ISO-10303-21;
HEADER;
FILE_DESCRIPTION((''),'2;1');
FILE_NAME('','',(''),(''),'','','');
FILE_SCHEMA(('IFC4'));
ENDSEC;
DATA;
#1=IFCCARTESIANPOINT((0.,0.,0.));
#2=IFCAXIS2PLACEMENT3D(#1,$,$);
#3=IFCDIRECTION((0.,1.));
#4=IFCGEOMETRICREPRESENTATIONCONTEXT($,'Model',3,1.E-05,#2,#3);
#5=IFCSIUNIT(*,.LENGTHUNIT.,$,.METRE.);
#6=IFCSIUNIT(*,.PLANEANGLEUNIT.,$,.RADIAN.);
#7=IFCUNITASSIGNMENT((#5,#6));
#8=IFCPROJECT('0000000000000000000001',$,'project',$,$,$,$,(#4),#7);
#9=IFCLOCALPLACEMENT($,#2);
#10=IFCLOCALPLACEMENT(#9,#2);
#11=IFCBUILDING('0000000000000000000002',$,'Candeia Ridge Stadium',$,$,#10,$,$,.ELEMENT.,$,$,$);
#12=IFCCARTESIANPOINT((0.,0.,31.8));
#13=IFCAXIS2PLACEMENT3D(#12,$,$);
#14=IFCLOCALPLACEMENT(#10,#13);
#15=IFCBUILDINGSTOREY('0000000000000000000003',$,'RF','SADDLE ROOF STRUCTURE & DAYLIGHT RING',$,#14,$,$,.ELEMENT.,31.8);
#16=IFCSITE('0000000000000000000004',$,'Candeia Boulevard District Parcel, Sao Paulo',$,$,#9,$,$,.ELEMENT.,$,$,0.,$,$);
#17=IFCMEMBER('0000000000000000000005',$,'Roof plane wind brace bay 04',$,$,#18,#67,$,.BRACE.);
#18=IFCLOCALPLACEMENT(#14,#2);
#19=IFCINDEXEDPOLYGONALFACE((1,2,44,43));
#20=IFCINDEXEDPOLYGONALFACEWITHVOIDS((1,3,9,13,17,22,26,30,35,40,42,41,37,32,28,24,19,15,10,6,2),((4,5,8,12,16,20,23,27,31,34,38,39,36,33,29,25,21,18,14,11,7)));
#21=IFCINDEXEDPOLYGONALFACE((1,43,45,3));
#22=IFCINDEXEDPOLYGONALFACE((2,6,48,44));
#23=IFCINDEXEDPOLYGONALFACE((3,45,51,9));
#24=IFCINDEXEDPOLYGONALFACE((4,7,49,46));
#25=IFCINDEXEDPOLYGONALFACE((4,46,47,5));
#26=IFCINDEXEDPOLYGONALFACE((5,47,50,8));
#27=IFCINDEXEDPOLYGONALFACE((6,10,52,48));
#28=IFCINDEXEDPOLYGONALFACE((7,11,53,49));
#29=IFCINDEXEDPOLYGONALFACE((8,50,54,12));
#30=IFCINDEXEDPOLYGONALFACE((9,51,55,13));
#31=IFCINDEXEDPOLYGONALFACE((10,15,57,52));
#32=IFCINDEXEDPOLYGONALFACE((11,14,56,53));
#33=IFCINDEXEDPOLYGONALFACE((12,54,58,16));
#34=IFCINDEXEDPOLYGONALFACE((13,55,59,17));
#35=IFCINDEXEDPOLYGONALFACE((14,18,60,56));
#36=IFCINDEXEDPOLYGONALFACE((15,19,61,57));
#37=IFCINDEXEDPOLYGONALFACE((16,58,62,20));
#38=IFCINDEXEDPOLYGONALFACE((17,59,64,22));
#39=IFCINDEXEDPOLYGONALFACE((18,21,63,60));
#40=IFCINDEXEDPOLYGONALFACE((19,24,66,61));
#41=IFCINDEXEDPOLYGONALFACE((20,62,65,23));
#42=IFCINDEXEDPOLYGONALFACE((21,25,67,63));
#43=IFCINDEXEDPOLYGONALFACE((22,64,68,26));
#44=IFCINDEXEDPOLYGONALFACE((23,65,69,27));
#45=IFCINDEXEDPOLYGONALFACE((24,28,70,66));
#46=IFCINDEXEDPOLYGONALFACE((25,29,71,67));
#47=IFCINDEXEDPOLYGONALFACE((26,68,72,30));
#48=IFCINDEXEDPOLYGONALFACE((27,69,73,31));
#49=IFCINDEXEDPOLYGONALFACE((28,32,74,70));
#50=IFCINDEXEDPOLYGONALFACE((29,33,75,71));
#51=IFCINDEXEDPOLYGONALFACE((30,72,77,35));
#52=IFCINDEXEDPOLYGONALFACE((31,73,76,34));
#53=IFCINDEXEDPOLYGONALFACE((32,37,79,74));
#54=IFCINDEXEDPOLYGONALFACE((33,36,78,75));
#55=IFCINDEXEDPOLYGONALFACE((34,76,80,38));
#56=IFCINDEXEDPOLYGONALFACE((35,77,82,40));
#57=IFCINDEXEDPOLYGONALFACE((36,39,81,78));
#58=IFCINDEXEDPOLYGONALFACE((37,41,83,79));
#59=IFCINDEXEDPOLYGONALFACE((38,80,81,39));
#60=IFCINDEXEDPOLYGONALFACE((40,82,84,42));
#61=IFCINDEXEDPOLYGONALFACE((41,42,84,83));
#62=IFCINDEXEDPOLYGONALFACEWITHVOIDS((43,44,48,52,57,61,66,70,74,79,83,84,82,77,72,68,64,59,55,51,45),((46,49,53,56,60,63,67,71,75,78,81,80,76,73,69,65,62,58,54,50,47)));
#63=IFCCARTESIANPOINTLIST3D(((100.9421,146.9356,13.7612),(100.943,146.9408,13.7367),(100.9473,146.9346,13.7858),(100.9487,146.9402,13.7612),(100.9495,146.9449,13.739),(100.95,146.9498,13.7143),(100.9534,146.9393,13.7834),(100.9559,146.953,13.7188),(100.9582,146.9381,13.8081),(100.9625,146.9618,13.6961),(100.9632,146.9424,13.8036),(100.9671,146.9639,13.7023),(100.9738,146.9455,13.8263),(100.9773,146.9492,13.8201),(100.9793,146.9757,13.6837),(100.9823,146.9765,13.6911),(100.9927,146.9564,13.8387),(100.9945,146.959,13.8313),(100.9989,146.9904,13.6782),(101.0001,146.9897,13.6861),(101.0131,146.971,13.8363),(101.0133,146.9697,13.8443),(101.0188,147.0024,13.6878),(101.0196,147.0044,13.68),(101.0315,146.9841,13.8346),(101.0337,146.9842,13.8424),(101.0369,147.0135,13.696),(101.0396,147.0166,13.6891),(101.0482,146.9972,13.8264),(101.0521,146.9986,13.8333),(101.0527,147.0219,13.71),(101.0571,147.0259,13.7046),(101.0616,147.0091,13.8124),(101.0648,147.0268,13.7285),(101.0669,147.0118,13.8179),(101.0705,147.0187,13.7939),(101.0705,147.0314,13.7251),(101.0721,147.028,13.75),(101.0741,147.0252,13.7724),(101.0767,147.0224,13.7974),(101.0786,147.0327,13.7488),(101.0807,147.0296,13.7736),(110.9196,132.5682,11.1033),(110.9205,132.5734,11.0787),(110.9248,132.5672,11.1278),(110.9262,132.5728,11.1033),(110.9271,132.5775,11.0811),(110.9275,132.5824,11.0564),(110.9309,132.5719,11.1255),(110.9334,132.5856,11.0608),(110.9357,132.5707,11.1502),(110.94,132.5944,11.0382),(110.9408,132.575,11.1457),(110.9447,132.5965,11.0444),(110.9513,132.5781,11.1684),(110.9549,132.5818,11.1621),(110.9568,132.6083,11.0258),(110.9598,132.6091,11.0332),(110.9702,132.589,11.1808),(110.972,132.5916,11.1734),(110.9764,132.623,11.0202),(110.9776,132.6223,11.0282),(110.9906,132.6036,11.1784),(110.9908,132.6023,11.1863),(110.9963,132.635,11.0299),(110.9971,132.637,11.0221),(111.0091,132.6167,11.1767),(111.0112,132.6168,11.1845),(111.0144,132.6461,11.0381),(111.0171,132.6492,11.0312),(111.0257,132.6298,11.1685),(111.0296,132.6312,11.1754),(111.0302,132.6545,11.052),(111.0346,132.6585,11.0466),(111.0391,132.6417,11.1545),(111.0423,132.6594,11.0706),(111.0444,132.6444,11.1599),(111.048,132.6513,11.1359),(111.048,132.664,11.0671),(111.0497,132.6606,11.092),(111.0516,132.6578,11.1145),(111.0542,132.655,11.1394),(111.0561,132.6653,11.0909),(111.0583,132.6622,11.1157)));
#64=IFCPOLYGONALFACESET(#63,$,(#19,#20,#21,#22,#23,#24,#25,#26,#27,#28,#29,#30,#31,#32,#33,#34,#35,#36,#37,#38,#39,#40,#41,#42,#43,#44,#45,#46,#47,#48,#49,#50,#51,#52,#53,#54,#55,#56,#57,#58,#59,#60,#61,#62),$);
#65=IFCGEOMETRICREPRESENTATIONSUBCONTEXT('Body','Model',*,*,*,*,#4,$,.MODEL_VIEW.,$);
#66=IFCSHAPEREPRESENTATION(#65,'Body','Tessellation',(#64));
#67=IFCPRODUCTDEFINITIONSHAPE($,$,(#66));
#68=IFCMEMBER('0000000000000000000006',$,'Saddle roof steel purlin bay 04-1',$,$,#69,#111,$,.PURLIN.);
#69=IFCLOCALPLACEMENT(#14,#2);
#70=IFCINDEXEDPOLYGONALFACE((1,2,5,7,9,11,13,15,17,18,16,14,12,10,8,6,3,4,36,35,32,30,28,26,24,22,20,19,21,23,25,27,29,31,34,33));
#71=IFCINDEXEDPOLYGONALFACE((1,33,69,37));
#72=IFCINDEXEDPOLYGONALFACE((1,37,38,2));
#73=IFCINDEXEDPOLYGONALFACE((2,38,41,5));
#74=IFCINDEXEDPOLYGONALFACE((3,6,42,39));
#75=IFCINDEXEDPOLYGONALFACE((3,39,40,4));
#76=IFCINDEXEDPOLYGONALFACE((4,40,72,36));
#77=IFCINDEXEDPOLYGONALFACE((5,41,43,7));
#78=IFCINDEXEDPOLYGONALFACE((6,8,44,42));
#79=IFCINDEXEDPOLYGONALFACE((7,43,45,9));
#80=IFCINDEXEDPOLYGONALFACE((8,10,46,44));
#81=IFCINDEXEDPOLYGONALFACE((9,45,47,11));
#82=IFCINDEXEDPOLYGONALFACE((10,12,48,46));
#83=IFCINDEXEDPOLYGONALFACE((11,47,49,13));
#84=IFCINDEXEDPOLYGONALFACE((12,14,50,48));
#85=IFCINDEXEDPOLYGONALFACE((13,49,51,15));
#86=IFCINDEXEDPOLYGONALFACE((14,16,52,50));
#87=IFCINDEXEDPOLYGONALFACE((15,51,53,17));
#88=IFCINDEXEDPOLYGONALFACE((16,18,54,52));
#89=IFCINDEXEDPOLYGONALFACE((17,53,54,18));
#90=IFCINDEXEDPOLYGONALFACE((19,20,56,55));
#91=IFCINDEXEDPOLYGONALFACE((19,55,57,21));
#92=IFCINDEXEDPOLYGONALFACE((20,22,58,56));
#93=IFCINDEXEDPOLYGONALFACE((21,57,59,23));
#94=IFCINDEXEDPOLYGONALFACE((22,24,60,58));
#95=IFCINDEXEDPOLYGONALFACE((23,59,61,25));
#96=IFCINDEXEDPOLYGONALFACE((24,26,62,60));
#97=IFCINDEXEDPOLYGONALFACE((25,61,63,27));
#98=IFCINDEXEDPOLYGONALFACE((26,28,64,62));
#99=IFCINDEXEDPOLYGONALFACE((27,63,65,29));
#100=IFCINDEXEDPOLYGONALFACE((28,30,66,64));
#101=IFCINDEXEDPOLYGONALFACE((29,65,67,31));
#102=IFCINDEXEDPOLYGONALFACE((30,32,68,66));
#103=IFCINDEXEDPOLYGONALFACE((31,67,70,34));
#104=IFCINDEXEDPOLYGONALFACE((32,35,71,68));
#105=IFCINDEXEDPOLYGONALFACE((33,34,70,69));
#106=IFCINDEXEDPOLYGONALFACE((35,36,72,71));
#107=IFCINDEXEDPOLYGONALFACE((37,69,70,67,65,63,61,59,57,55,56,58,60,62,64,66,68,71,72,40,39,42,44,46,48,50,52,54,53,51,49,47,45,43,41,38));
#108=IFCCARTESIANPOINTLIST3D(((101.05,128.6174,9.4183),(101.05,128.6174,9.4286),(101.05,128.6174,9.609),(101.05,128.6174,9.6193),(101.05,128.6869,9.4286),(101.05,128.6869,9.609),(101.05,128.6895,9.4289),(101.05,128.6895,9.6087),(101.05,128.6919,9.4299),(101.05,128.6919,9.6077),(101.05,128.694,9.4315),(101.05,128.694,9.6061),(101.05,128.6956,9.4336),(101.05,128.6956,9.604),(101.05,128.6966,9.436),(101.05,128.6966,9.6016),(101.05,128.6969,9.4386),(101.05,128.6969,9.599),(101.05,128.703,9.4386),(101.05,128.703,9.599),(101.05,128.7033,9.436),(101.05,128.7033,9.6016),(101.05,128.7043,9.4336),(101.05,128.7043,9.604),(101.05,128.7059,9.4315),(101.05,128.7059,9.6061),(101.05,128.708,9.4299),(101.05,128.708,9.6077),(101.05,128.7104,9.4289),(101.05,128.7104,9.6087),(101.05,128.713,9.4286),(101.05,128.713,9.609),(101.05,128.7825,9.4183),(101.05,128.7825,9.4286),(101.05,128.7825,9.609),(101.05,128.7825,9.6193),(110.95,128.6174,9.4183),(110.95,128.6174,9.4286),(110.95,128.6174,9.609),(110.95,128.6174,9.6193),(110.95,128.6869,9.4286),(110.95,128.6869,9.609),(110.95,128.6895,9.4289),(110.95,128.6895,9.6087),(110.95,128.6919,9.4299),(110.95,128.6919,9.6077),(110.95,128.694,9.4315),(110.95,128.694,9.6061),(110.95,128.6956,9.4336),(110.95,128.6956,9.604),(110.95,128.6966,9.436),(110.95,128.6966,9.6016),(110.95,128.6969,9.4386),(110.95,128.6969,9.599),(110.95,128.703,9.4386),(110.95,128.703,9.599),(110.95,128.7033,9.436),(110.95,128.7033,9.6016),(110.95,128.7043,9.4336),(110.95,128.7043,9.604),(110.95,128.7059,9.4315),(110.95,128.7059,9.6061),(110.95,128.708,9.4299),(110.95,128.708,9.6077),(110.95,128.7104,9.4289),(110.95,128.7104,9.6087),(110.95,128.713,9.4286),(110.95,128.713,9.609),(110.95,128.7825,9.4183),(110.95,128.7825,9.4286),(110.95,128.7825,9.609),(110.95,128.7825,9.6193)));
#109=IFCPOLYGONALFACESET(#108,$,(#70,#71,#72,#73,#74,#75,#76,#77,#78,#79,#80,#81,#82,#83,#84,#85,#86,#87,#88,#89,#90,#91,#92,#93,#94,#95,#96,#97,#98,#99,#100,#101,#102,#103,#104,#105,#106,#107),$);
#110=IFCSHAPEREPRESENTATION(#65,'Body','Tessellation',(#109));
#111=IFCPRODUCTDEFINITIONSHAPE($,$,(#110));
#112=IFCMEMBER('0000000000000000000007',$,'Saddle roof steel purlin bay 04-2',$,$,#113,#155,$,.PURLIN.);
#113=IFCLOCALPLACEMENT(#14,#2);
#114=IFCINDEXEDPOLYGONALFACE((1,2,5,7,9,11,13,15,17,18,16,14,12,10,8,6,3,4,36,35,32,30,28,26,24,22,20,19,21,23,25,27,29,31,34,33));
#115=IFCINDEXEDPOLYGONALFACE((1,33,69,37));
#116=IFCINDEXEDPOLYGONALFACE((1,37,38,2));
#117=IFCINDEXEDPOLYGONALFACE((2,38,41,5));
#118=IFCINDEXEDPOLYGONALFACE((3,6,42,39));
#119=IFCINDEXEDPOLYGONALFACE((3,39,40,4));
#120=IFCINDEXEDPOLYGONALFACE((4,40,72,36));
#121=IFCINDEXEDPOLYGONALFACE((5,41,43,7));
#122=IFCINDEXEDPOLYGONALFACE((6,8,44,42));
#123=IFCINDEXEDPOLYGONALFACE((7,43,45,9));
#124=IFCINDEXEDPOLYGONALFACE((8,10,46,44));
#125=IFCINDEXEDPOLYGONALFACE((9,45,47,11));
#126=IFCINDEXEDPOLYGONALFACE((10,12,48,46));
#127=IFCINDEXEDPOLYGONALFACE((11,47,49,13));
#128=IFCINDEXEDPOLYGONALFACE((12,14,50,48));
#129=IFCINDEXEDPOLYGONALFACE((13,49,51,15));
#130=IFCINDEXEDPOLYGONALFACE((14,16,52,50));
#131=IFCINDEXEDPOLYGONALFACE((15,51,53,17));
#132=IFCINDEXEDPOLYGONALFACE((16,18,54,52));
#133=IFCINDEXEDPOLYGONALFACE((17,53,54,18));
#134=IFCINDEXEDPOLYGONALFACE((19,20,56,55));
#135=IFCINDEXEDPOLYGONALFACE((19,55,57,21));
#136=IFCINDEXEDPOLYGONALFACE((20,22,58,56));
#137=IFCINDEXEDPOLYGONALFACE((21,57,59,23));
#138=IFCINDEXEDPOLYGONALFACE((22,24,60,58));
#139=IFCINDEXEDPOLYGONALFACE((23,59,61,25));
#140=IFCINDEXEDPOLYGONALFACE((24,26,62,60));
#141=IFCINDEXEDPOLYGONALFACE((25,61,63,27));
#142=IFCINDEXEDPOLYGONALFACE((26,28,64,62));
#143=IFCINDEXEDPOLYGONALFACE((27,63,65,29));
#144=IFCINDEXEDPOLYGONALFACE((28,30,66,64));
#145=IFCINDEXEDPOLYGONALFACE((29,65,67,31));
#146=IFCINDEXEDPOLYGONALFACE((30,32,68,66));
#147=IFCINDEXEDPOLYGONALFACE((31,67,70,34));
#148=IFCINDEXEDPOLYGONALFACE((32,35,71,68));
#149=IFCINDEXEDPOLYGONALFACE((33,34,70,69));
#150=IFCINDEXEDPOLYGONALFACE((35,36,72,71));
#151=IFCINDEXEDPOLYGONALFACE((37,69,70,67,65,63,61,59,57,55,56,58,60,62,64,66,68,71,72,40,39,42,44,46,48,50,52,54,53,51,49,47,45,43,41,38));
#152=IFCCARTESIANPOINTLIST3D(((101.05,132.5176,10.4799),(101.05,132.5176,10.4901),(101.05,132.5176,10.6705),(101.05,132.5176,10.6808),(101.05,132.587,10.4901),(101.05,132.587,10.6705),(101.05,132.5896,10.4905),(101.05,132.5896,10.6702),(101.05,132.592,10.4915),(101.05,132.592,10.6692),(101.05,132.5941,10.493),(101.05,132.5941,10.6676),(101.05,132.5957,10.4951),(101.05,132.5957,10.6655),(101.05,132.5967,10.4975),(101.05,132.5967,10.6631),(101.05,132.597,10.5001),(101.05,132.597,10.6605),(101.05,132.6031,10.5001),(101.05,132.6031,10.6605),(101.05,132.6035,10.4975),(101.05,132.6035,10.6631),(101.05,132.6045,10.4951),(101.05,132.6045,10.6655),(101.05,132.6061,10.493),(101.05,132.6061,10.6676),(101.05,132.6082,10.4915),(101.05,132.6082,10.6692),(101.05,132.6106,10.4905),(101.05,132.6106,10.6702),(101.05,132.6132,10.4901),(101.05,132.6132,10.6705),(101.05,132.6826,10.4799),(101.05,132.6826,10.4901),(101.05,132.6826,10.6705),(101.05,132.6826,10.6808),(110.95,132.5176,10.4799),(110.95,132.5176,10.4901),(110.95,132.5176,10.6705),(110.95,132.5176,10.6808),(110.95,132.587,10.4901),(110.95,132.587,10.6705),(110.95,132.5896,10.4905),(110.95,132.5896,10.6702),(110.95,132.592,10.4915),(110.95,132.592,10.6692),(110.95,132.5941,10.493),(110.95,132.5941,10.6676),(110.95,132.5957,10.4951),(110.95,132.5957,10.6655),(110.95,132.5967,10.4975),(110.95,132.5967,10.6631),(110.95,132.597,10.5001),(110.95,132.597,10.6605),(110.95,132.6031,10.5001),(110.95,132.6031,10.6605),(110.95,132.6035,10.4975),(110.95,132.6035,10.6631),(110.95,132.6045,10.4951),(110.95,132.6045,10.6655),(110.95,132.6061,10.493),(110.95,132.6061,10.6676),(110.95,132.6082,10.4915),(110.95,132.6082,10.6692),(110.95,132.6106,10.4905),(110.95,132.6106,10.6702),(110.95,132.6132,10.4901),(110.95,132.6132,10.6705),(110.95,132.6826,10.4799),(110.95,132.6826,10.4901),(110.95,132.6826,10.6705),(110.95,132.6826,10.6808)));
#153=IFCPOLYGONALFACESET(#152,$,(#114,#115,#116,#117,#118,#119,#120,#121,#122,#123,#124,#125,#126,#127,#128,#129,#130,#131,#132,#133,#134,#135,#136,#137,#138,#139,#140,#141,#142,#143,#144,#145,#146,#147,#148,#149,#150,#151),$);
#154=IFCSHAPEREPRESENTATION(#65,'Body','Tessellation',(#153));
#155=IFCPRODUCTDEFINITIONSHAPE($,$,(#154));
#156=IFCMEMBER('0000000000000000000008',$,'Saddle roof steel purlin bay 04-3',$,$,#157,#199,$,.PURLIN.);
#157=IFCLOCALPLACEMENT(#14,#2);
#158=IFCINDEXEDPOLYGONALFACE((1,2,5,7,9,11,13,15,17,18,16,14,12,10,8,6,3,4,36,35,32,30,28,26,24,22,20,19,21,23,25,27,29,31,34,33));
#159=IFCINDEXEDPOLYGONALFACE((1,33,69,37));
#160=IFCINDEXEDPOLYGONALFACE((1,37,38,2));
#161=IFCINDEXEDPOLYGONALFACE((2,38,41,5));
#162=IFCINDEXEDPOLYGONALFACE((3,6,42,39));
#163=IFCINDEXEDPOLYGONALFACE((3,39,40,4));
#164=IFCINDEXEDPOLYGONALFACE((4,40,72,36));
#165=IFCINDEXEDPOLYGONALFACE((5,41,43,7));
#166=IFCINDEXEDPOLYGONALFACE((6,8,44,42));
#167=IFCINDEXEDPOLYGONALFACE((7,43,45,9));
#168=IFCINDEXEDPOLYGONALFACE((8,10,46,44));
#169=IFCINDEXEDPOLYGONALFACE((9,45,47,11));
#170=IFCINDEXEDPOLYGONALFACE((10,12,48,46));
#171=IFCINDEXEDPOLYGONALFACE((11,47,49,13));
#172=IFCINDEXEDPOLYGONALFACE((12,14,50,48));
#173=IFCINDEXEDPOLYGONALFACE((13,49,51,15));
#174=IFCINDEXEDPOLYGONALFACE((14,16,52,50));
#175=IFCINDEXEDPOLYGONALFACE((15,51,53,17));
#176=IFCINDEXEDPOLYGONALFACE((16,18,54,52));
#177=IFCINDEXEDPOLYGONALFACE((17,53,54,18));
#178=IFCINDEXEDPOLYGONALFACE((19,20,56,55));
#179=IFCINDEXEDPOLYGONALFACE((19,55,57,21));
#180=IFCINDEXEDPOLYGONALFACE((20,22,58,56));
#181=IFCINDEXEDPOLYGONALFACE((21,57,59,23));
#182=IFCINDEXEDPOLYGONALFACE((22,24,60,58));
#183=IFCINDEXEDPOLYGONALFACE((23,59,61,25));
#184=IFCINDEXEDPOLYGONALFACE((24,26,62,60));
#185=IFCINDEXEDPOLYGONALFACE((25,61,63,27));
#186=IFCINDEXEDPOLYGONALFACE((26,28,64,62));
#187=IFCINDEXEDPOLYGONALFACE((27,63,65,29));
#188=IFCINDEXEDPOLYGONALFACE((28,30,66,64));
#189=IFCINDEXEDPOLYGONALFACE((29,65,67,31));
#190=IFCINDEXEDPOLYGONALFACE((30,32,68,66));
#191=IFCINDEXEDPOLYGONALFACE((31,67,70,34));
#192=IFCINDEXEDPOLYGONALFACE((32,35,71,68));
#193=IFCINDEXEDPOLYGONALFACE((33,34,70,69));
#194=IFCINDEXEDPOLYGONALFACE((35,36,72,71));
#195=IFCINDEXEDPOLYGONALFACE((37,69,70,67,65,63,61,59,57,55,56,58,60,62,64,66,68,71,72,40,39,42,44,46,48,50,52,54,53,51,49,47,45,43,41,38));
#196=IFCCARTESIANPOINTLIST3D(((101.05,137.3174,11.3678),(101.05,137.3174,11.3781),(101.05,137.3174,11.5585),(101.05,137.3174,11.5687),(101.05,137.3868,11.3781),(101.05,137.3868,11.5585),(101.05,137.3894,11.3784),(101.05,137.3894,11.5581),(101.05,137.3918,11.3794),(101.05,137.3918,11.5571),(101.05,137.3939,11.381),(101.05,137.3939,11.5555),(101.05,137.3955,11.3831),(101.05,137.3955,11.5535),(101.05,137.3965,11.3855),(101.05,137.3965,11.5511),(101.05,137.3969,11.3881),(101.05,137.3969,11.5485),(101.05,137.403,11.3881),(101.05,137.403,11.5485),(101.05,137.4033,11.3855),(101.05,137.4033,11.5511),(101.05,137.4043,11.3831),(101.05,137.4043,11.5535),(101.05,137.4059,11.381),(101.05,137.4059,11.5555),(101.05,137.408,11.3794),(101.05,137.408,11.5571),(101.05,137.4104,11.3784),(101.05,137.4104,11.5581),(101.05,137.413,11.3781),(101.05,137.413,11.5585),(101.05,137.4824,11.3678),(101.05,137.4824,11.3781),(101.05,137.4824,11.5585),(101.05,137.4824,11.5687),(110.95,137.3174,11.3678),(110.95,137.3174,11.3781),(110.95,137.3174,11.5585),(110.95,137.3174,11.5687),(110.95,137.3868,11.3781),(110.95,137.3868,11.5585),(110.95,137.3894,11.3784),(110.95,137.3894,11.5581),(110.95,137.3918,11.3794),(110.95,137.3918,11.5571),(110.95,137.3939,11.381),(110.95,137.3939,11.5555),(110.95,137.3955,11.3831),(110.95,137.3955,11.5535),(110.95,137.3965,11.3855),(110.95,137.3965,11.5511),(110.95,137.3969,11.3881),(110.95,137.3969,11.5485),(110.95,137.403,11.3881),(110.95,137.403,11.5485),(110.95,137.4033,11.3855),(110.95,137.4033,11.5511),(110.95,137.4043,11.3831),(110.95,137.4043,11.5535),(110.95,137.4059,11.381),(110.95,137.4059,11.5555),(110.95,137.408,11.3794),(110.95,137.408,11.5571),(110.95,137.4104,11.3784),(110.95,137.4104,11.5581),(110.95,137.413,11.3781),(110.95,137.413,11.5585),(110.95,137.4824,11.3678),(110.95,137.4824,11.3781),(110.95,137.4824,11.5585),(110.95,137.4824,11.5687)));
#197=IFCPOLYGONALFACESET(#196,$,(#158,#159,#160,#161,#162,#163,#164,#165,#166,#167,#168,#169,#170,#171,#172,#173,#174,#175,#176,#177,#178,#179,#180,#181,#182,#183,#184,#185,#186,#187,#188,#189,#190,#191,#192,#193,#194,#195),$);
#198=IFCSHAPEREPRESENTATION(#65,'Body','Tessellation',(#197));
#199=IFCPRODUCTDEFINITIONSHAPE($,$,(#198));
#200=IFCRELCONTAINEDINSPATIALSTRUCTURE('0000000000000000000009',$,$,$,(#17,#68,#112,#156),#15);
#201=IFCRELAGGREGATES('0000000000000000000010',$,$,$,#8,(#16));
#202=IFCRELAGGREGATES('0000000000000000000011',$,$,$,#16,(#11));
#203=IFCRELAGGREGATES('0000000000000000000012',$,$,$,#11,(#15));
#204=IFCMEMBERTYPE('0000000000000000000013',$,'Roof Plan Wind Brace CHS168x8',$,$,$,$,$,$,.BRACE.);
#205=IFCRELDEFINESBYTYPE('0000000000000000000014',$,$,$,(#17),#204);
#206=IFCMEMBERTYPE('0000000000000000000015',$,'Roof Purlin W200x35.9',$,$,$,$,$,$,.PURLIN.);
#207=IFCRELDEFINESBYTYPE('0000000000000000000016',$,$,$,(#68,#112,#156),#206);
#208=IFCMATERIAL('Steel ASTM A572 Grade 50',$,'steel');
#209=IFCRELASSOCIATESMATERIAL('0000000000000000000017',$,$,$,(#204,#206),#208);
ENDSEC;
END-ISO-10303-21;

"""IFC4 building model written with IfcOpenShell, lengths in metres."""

from ifc_helpers import new_model, si_unit, direction, frame, origin, origin_2d, place, context, subcontext, project, spatial, hollow_circle, i_section, extrude, material, material_profile, profile_set, type_object, element, save


model = new_model("IFC4")

# Units and contexts
model_context = context("Model", 3, precision=1e-05, world=origin(), true_north=direction((0.0, 1.0)))
body_context = subcontext(model_context, "Body", "Model", "MODEL_VIEW")
ifc_project = project(units=[si_unit("LENGTHUNIT", "METRE"), si_unit("PLANEANGLEUNIT", "RADIAN")], contexts=[model_context])

# Site, building, storey
site_placement = place(None, origin())
site = spatial("IfcSite", under=ifc_project, at=site_placement, Name="Candeia Boulevard District Parcel, Sao Paulo", CompositionType="ELEMENT", RefElevation=0.0)
building_placement = place(site_placement, origin())
building = spatial("IfcBuilding", under=site, at=building_placement, Name="Candeia Ridge Stadium", CompositionType="ELEMENT")
storey_placement = place(building_placement, frame((0.0, 0.0, 31.8)))
storey = spatial("IfcBuildingStorey", under=building, at=storey_placement, Name="RF", Description="SADDLE ROOF STRUCTURE & DAYLIGHT RING", CompositionType="ELEMENT", Elevation=31.8)

# Shared definitions
ifc_material_1 = material(Name="Steel ASTM A572 Grade 50", Category="steel")

# Members
ifc_material_profile_1 = material_profile(ifc_material_1, hollow_circle(Radius=0.0842, WallThickness=0.0081, at=origin_2d()), Name="CHS168x8", Category="steel")
ifc_profile_set_1 = profile_set([ifc_material_profile_1], Name="Steel ASTM A572 Grade 50")
member_type_1 = type_object("IfcMemberType", Name="Roof Plan Wind Brace CHS168x8", PredefinedType="BRACE", material=ifc_profile_set_1)
member_1_placement = place(storey_placement, frame((110.9888, 132.6162, 11.1033), z_axis=(-0.563929, 0.812045, 0.150227), x_axis=(-0.821366, -0.570402, 0.0)))
element("IfcMember", 1, at=member_1_placement, inside=storey, type_object=member_type_1, Name="Roof plane wind brace bay 04", PredefinedType="BRACE", context=body_context, shape_type="SweptSolid", body=[
    extrude(hollow_circle(Radius=0.0842, WallThickness=0.0081, at=origin_2d()), origin(), (0.0, 0.0, 1.0), 17.6929),
])
ifc_material_profile_2 = material_profile(ifc_material_1, i_section(OverallWidth=0.165, OverallDepth=0.2009, WebThickness=0.0061, FlangeThickness=0.0103, FilletRadius=0.01, at=origin_2d()), Name="W200x35.9", Category="steel")
ifc_profile_set_2 = profile_set([ifc_material_profile_2], Name="Steel ASTM A572 Grade 50")
member_type_2 = type_object("IfcMemberType", Name="Roof Purlin W200x35.9", PredefinedType="PURLIN", material=ifc_profile_set_2)
for number, where, z_axis, x_axis, name in (
    (2, (110.95, 128.7, 9.5188), (-1.0, 0.0, 0.0), (0.0, -1.0, 0.0), "Saddle roof steel purlin bay 04-1"),
    (3, (110.95, 132.6001, 10.5803), (-1.0, 0.0, 0.0), (0.0, -1.0, 0.0), "Saddle roof steel purlin bay 04-2"),
    (4, (110.95, 137.3999, 11.4683), (-1.0, 0.0, 0.0), (0.0, -1.0, 0.0), "Saddle roof steel purlin bay 04-3"),
):
    element("IfcMember", number, at=place(storey_placement, frame(where, z_axis=z_axis, x_axis=x_axis)), inside=storey, type_object=member_type_2, Name=name, PredefinedType="PURLIN", context=body_context, shape_type="SweptSolid", body=[
        extrude(i_section(OverallWidth=0.165, OverallDepth=0.2009, WebThickness=0.0061, FlangeThickness=0.0103, FilletRadius=0.01, at=origin_2d()), origin(), (0.0, 0.0, 1.0), 9.8999),
    ])

save(model, "model.ifc")
